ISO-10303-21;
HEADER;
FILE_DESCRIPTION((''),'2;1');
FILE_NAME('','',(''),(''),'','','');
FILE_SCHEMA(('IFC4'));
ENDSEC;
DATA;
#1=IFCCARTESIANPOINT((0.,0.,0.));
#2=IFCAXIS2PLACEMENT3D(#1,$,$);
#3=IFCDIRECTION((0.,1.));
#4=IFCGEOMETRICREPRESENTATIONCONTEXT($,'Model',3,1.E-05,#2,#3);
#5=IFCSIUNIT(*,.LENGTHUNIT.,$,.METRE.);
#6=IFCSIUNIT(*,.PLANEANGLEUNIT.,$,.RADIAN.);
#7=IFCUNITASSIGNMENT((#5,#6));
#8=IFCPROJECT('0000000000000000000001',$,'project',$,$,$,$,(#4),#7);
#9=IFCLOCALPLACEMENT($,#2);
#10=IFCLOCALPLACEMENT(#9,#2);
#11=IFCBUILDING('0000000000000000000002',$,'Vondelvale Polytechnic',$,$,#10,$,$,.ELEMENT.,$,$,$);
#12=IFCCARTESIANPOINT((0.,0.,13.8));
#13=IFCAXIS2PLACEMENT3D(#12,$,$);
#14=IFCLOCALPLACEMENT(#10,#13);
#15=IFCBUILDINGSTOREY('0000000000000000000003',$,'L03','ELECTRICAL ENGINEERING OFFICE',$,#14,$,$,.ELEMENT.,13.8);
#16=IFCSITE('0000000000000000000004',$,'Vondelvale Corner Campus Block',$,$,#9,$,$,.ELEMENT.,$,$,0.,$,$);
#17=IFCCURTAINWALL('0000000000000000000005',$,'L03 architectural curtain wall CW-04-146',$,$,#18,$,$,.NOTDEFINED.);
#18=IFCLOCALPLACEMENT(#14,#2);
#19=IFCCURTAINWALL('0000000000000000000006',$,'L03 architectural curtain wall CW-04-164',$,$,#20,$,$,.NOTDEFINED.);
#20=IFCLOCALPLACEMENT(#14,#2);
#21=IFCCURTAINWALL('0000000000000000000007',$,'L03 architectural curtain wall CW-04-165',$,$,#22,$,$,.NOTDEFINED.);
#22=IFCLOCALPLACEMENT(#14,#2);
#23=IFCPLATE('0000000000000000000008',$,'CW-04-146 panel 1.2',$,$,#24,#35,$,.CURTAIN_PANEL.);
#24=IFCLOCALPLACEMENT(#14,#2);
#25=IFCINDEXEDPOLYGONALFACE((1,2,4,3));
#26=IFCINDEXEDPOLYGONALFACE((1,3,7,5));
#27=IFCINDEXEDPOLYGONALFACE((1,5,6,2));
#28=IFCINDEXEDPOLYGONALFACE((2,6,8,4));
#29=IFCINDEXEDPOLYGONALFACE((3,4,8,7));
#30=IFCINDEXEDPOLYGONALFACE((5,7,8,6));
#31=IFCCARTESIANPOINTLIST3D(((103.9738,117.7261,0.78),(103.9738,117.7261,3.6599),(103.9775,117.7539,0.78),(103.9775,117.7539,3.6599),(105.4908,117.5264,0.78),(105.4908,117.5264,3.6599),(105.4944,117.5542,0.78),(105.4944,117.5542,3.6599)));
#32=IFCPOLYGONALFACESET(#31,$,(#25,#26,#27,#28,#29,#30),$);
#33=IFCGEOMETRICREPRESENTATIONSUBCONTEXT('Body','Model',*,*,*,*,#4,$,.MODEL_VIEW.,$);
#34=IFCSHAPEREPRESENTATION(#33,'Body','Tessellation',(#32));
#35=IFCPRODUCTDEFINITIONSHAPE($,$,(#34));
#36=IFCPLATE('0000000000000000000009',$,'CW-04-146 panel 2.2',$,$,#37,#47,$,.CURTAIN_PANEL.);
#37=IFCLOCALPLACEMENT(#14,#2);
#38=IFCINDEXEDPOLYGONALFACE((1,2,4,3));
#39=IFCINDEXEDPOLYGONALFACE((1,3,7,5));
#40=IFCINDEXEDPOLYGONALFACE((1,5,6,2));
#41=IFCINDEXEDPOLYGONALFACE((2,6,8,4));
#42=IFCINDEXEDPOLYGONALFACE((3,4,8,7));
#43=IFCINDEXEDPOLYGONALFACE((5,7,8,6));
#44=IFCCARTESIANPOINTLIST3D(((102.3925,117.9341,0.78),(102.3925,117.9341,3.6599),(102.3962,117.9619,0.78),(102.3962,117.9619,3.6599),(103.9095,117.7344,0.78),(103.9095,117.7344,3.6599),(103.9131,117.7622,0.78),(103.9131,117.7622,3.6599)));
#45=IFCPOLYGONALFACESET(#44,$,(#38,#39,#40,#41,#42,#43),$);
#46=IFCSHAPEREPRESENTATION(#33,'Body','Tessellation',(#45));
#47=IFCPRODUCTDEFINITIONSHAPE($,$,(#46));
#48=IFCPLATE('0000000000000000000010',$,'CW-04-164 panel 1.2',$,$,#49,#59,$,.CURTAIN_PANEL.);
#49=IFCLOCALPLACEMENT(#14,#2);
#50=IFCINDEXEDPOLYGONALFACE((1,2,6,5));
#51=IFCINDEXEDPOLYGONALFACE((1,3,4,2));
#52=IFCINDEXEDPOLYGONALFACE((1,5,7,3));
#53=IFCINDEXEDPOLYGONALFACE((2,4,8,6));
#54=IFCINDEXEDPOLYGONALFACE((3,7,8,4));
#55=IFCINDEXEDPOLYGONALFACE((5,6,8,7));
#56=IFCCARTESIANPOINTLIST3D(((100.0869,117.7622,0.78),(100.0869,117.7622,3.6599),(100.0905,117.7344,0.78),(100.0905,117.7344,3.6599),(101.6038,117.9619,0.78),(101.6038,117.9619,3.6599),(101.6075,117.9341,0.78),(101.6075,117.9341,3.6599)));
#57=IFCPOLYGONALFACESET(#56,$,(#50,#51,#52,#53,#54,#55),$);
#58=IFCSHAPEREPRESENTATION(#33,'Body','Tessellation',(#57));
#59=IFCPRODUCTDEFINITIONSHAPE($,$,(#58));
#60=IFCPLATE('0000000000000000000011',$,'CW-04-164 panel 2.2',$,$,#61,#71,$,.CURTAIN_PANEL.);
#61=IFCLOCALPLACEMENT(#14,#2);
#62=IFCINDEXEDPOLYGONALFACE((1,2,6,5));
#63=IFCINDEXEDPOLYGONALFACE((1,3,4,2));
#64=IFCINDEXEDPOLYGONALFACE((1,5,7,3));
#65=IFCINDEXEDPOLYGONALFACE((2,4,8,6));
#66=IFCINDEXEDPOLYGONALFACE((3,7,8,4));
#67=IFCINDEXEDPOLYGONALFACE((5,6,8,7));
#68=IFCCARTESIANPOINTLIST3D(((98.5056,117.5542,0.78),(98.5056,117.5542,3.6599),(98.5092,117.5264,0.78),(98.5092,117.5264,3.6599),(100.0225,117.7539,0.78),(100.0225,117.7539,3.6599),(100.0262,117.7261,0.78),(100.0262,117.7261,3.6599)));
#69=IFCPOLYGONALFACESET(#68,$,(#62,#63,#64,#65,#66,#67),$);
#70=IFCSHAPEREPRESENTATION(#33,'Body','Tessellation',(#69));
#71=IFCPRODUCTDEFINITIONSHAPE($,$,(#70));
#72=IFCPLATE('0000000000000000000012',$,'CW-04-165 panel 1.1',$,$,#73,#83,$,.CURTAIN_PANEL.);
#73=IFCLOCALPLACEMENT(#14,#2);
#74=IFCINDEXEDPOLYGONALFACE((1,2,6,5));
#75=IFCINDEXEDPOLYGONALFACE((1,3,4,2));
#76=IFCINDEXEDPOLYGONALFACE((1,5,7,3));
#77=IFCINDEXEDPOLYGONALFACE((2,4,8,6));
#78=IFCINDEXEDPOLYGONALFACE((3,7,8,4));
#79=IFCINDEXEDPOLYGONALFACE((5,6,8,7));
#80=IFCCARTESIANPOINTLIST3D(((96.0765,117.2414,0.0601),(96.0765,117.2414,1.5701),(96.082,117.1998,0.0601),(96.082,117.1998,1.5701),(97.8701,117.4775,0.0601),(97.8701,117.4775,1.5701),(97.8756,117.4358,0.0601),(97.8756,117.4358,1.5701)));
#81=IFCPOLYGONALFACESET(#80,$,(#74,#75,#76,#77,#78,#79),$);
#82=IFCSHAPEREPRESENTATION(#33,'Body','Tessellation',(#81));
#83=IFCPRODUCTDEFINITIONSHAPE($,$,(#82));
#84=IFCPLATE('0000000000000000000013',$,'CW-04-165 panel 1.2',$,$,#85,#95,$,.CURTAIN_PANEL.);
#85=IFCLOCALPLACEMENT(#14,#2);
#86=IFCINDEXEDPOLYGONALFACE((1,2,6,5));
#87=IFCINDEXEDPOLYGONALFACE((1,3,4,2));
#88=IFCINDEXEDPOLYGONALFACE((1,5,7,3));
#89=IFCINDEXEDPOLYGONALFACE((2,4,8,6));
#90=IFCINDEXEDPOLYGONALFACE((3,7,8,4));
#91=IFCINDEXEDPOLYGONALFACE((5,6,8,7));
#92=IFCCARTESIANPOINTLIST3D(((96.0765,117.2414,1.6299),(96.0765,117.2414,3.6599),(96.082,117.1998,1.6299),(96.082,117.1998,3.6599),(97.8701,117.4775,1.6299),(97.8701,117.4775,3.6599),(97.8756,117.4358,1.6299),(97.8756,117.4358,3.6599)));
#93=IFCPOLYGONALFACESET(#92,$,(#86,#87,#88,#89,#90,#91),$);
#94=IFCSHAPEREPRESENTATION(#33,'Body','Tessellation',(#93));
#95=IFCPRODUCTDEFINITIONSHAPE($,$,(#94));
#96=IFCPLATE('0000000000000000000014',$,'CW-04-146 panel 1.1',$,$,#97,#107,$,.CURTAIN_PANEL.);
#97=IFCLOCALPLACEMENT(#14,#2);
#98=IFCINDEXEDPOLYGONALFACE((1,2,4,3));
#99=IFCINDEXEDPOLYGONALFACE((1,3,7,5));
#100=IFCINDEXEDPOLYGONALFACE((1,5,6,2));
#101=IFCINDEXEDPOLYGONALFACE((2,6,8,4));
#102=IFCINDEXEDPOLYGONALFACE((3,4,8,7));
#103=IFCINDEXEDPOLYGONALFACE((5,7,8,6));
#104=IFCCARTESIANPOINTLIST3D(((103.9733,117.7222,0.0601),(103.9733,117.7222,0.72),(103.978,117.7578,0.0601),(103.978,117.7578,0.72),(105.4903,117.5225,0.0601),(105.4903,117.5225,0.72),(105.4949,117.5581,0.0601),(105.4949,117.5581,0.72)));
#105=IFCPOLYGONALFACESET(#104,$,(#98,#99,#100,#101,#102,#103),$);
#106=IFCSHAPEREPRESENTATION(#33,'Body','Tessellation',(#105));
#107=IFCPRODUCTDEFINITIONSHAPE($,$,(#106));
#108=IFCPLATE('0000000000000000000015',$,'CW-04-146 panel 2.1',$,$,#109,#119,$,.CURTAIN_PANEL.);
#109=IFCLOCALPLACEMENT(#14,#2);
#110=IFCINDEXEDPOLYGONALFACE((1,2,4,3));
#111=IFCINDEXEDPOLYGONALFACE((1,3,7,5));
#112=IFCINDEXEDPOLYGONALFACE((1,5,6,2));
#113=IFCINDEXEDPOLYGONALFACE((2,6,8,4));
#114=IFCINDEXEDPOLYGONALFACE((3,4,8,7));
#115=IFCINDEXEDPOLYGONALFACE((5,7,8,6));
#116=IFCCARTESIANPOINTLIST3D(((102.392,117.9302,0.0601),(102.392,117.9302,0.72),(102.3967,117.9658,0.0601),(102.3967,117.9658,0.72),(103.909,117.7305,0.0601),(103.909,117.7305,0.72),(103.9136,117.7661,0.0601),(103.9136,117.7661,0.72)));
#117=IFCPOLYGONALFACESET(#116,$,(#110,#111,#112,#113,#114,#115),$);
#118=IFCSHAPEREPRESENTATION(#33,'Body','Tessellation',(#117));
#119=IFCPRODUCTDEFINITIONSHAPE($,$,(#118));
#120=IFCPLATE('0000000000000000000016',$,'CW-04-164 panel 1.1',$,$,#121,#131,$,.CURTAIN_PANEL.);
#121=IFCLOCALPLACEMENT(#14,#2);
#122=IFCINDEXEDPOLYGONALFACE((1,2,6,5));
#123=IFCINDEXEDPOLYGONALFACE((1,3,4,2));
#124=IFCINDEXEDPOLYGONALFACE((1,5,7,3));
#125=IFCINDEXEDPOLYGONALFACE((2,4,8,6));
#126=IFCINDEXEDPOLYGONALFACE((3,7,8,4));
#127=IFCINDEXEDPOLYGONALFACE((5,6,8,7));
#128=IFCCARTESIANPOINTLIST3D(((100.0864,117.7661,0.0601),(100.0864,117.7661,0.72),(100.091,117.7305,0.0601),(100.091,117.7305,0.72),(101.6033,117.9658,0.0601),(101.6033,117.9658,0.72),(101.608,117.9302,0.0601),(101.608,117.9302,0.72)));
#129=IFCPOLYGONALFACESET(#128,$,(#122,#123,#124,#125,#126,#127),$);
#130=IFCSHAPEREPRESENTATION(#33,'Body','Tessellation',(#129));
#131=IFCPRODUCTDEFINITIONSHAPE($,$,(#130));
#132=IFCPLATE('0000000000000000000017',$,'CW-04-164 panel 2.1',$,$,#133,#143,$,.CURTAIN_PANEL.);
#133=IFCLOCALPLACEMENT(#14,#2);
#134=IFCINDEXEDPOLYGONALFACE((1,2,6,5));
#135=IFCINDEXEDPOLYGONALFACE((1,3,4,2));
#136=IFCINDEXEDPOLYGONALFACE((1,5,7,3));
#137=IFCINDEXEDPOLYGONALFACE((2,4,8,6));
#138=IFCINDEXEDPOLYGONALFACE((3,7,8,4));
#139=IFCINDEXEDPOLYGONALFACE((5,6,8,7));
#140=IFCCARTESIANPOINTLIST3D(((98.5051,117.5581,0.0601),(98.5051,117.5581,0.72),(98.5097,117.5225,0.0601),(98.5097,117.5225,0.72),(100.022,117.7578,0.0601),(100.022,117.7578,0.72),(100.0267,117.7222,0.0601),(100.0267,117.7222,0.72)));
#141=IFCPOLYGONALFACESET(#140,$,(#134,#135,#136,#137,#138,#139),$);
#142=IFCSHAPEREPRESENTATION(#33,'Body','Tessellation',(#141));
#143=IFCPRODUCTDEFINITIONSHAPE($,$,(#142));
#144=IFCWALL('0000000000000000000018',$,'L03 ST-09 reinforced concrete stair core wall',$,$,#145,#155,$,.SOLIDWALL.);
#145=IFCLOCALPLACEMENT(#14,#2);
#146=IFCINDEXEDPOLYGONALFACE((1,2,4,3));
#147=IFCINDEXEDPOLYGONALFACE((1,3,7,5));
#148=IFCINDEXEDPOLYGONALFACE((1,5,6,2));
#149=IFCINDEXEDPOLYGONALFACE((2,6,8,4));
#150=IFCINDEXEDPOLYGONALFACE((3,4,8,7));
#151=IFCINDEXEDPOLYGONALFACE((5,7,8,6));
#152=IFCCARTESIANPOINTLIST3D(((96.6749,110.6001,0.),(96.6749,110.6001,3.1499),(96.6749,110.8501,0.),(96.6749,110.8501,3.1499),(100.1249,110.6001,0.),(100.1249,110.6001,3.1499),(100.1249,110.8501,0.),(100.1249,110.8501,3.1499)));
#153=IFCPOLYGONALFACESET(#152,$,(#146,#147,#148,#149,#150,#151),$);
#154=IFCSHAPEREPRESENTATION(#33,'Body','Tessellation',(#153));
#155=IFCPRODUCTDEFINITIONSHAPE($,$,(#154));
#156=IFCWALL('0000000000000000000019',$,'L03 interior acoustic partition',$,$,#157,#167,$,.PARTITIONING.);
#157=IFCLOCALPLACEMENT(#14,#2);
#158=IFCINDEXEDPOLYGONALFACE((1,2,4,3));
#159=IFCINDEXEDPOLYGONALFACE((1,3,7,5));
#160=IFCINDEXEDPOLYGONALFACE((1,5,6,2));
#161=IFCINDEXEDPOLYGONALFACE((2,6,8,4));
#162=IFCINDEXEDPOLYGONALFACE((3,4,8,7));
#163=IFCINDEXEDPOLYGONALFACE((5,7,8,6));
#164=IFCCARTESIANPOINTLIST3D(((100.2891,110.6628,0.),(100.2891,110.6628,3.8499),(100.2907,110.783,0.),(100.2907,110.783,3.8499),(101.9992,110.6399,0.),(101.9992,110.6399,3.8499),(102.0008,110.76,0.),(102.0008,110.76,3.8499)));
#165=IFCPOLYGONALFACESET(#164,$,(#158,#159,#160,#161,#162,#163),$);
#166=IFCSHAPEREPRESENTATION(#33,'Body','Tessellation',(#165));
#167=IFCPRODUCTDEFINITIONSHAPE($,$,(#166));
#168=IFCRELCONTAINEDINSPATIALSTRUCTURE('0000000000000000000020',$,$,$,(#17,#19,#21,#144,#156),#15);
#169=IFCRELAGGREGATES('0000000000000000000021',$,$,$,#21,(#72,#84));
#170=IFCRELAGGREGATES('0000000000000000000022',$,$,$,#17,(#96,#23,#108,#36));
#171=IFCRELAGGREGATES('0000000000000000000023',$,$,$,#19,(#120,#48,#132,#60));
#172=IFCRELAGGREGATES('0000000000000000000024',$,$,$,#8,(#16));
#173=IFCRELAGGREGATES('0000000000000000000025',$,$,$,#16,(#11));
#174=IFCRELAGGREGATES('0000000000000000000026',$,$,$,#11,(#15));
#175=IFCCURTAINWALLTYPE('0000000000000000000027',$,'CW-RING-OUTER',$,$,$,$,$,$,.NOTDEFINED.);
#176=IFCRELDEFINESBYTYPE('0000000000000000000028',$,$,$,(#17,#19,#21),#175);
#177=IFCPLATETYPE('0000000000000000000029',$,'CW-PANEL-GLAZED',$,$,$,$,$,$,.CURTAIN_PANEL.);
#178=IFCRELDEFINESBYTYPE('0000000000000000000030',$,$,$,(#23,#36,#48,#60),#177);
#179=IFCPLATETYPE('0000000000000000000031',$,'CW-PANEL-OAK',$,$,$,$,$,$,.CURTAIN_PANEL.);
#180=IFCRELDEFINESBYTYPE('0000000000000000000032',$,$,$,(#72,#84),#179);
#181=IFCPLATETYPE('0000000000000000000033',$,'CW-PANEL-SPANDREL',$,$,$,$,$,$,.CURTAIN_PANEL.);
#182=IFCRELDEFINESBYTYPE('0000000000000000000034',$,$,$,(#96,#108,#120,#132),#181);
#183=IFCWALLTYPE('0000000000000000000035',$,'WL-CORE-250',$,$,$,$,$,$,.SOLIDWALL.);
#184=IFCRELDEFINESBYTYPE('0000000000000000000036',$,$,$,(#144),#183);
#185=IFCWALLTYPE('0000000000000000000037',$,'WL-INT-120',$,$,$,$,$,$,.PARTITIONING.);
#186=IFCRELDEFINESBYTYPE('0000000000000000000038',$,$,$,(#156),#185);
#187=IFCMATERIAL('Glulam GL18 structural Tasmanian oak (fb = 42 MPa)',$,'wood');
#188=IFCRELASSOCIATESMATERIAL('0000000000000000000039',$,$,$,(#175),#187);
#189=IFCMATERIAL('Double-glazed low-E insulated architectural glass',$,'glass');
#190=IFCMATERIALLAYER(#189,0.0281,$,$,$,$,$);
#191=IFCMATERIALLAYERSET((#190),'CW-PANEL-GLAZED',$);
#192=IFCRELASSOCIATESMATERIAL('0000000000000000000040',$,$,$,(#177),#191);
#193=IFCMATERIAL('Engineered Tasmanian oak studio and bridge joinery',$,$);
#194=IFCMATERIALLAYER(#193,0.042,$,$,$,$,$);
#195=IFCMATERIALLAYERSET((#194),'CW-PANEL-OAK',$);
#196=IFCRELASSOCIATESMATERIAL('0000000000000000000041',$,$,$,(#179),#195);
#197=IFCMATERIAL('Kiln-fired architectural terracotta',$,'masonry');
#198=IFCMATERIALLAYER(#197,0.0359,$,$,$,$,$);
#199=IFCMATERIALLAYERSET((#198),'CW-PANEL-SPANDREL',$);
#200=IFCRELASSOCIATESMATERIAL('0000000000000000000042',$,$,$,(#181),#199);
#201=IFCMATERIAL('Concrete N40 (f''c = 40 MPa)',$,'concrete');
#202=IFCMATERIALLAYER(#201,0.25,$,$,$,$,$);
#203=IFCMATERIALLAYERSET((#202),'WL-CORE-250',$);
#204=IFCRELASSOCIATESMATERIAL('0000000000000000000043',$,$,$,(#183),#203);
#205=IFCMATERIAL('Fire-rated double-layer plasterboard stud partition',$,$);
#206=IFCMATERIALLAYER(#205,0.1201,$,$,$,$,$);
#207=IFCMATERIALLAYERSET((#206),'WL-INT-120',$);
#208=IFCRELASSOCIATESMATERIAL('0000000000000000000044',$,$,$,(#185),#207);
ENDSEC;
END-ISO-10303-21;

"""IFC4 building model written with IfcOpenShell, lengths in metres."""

from ifc_helpers import new_model, si_unit, direction, frame, frame_2d, origin, origin_2d, place, context, subcontext, project, spatial, rectangle, extrude, material, layer, layer_set, type_object, element, aggregate, save


model = new_model("IFC4")

# Units and contexts
model_context = context("Model", 3, precision=1e-05, world=origin(), true_north=direction((0.0, 1.0)))
body_context = subcontext(model_context, "Body", "Model", "MODEL_VIEW")
ifc_project = project(units=[si_unit("LENGTHUNIT", "METRE"), si_unit("PLANEANGLEUNIT", "RADIAN")], contexts=[model_context])

# Site, building, storey
site_placement = place(None, origin())
site = spatial("IfcSite", under=ifc_project, at=site_placement, Name="Vondelvale Corner Campus Block", CompositionType="ELEMENT", RefElevation=0.0)
building_placement = place(site_placement, origin())
building = spatial("IfcBuilding", under=site, at=building_placement, Name="Vondelvale Polytechnic", CompositionType="ELEMENT")
storey_placement = place(building_placement, frame((0.0, 0.0, 13.8)))
storey = spatial("IfcBuildingStorey", under=building, at=storey_placement, Name="L03", Description="ELECTRICAL ENGINEERING OFFICE", CompositionType="ELEMENT", Elevation=13.8)

# Shared definitions
ifc_material_1 = material(Name="Glulam GL18 structural Tasmanian oak (fb = 42 MPa)", Category="wood")

# Curtain walls
curtain_wall_type = type_object("IfcCurtainWallType", Name="CW-RING-OUTER", PredefinedType="NOTDEFINED", material=ifc_material_1)
curtain_wall_1_placement = place(storey_placement, origin())
curtain_wall_1 = element("IfcCurtainWall", 1, at=curtain_wall_1_placement, inside=storey, type_object=curtain_wall_type, Name="L03 architectural curtain wall CW-04-146", PredefinedType="NOTDEFINED")
curtain_wall_2_placement = place(storey_placement, origin())
curtain_wall_2 = element("IfcCurtainWall", 2, at=curtain_wall_2_placement, inside=storey, type_object=curtain_wall_type, Name="L03 architectural curtain wall CW-04-164", PredefinedType="NOTDEFINED")

# Curtain wall
curtain_wall_3_placement = place(storey_placement, origin())
curtain_wall_3 = element("IfcCurtainWall", 3, at=curtain_wall_3_placement, inside=storey, type_object=curtain_wall_type, Name="L03 architectural curtain wall CW-04-165", PredefinedType="NOTDEFINED")

# Plates
ifc_material_2 = material(Name="Double-glazed low-E insulated architectural glass", Category="glass")
ifc_layer_1 = layer(ifc_material_2, 0.0281)
ifc_layer_set_1 = layer_set([ifc_layer_1], Name="CW-PANEL-GLAZED")
plate_type_1 = type_object("IfcPlateType", Name="CW-PANEL-GLAZED", PredefinedType="CURTAIN_PANEL", material=ifc_layer_set_1)
plate_1_placement = place(storey_placement, frame((104.7341, 117.6401, 0.78), z_axis=(0.0, 0.0, 1.0), x_axis=(-0.991443, 0.13054, 0.0)))
plate_1 = element("IfcPlate", 4, at=plate_1_placement, type_object=plate_type_1, Name="CW-04-146 panel 1.2", PredefinedType="CURTAIN_PANEL", context=body_context, shape_type="SweptSolid", body=[
    extrude(rectangle(XDim=1.53, YDim=0.0281, at=origin_2d()), origin(), (0.0, 0.0, 1.0), 2.8799),
])
plate_2_placement = place(storey_placement, frame((103.1528, 117.8481, 0.78), z_axis=(0.0, 0.0, 1.0), x_axis=(-0.991443, 0.13054, 0.0)))
plate_2 = element("IfcPlate", 5, at=plate_2_placement, type_object=plate_type_1, Name="CW-04-146 panel 2.2", PredefinedType="CURTAIN_PANEL", context=body_context, shape_type="SweptSolid", body=[
    extrude(rectangle(XDim=1.53, YDim=0.0281, at=origin_2d()), origin(), (0.0, 0.0, 1.0), 2.8799),
])
plate_3_placement = place(storey_placement, frame((100.8472, 117.8481, 0.78), z_axis=(0.0, 0.0, 1.0), x_axis=(-0.991443, -0.13054, 0.0)))
plate_3 = element("IfcPlate", 6, at=plate_3_placement, type_object=plate_type_1, Name="CW-04-164 panel 1.2", PredefinedType="CURTAIN_PANEL", context=body_context, shape_type="SweptSolid", body=[
    extrude(rectangle(XDim=1.53, YDim=0.0281, at=origin_2d()), origin(), (0.0, 0.0, 1.0), 2.8799),
])
plate_4_placement = place(storey_placement, frame((99.2659, 117.6401, 0.78), z_axis=(0.0, 0.0, 1.0), x_axis=(-0.991443, -0.13054, 0.0)))
plate_4 = element("IfcPlate", 7, at=plate_4_placement, type_object=plate_type_1, Name="CW-04-164 panel 2.2", PredefinedType="CURTAIN_PANEL", context=body_context, shape_type="SweptSolid", body=[
    extrude(rectangle(XDim=1.53, YDim=0.0281, at=origin_2d()), origin(), (0.0, 0.0, 1.0), 2.8799),
])
ifc_material_3 = material(Name="Engineered Tasmanian oak studio and bridge joinery")
ifc_layer_2 = layer(ifc_material_3, 0.042)
ifc_layer_set_2 = layer_set([ifc_layer_2], Name="CW-PANEL-OAK")
plate_type_2 = type_object("IfcPlateType", Name="CW-PANEL-OAK", PredefinedType="CURTAIN_PANEL", material=ifc_layer_set_2)
plate_5_placement = place(storey_placement, frame((96.9761, 117.3386, 0.0601), z_axis=(0.0, 0.0, 1.0), x_axis=(-0.991449, -0.130497, 0.0)))
plate_5 = element("IfcPlate", 8, at=plate_5_placement, type_object=plate_type_2, Name="CW-04-165 panel 1.1", PredefinedType="CURTAIN_PANEL", context=body_context, shape_type="SweptSolid", body=[
    extrude(rectangle(XDim=1.8091, YDim=0.042, at=origin_2d()), origin(), (0.0, 0.0, 1.0), 1.51),
])
plate_6_placement = place(storey_placement, frame((96.9761, 117.3386, 1.6299), z_axis=(0.0, 0.0, 1.0), x_axis=(-0.991449, -0.130497, 0.0)))
plate_6 = element("IfcPlate", 9, at=plate_6_placement, type_object=plate_type_2, Name="CW-04-165 panel 1.2", PredefinedType="CURTAIN_PANEL", context=body_context, shape_type="SweptSolid", body=[
    extrude(rectangle(XDim=1.8091, YDim=0.042, at=origin_2d()), origin(), (0.0, 0.0, 1.0), 2.03),
])
aggregate(curtain_wall_3, [plate_5, plate_6])
ifc_material_4 = material(Name="Kiln-fired architectural terracotta", Category="masonry")
ifc_layer_3 = layer(ifc_material_4, 0.0359)
ifc_layer_set_3 = layer_set([ifc_layer_3], Name="CW-PANEL-SPANDREL")
plate_type_3 = type_object("IfcPlateType", Name="CW-PANEL-SPANDREL", PredefinedType="CURTAIN_PANEL", material=ifc_layer_set_3)
plate_7_placement = place(storey_placement, frame((104.7341, 117.6401, 0.0601), z_axis=(0.0, 0.0, 1.0), x_axis=(-0.991443, 0.13054, 0.0)))
plate_7 = element("IfcPlate", 10, at=plate_7_placement, type_object=plate_type_3, Name="CW-04-146 panel 1.1", PredefinedType="CURTAIN_PANEL", context=body_context, shape_type="SweptSolid", body=[
    extrude(rectangle(XDim=1.53, YDim=0.0359, at=origin_2d()), origin(), (0.0, 0.0, 1.0), 0.6599),
])
plate_8_placement = place(storey_placement, frame((103.1528, 117.8481, 0.0601), z_axis=(0.0, 0.0, 1.0), x_axis=(-0.991443, 0.13054, 0.0)))
plate_8 = element("IfcPlate", 11, at=plate_8_placement, type_object=plate_type_3, Name="CW-04-146 panel 2.1", PredefinedType="CURTAIN_PANEL", context=body_context, shape_type="SweptSolid", body=[
    extrude(rectangle(XDim=1.53, YDim=0.0359, at=origin_2d()), origin(), (0.0, 0.0, 1.0), 0.6599),
])
aggregate(curtain_wall_1, [plate_7, plate_1, plate_8, plate_2])
plate_9_placement = place(storey_placement, frame((100.8472, 117.8481, 0.0601), z_axis=(0.0, 0.0, 1.0), x_axis=(-0.991443, -0.13054, 0.0)))
plate_9 = element("IfcPlate", 12, at=plate_9_placement, type_object=plate_type_3, Name="CW-04-164 panel 1.1", PredefinedType="CURTAIN_PANEL", context=body_context, shape_type="SweptSolid", body=[
    extrude(rectangle(XDim=1.53, YDim=0.0359, at=origin_2d()), origin(), (0.0, 0.0, 1.0), 0.6599),
])
plate_10_placement = place(storey_placement, frame((99.2659, 117.6401, 0.0601), z_axis=(0.0, 0.0, 1.0), x_axis=(-0.991443, -0.13054, 0.0)))
plate_10 = element("IfcPlate", 13, at=plate_10_placement, type_object=plate_type_3, Name="CW-04-164 panel 2.1", PredefinedType="CURTAIN_PANEL", context=body_context, shape_type="SweptSolid", body=[
    extrude(rectangle(XDim=1.53, YDim=0.0359, at=origin_2d()), origin(), (0.0, 0.0, 1.0), 0.6599),
])
aggregate(curtain_wall_2, [plate_9, plate_3, plate_10, plate_4])

# Walls
ifc_material_5 = material(Name="Concrete N40 (f'c = 40 MPa)", Category="concrete")
ifc_layer_4 = layer(ifc_material_5, 0.25)
ifc_layer_set_4 = layer_set([ifc_layer_4], Name="WL-CORE-250")
wall_type_1 = type_object("IfcWallType", Name="WL-CORE-250", PredefinedType="SOLIDWALL", material=ifc_layer_set_4)
wall_1_placement = place(storey_placement, frame((100.125, 110.7251, 0.0), z_axis=(0.0, 0.0, 1.0), x_axis=(-1.0, 0.0, 0.0)))
element("IfcWall", 14, at=wall_1_placement, inside=storey, type_object=wall_type_1, Name="L03 ST-09 reinforced concrete stair core wall", PredefinedType="SOLIDWALL", context=body_context, shape_type="SweptSolid", body=[
    extrude(rectangle(XDim=3.45, YDim=0.25, at=frame_2d((1.7251, 0.0))), origin(), (0.0, 0.0, 1.0), 3.1499),
])
ifc_material_6 = material(Name="Fire-rated double-layer plasterboard stud partition")
ifc_layer_5 = layer(ifc_material_6, 0.1201)
ifc_layer_set_5 = layer_set([ifc_layer_5], Name="WL-INT-120")
wall_type_2 = type_object("IfcWallType", Name="WL-INT-120", PredefinedType="PARTITIONING", material=ifc_layer_set_5)
wall_2_placement = place(storey_placement, frame((100.29, 110.7229, 0.0), z_axis=(0.0, 0.0, 1.0), x_axis=(0.99991, -0.01342, 0.0)))
element("IfcWall", 15, at=wall_2_placement, inside=storey, type_object=wall_type_2, Name="L03 interior acoustic partition", PredefinedType="PARTITIONING", context=body_context, shape_type="SweptSolid", body=[
    extrude(rectangle(XDim=1.7102, YDim=0.1201, at=frame_2d((0.855, 0.0))), origin(), (0.0, 0.0, 1.0), 3.8499),
])

save(model, "model.ifc")
